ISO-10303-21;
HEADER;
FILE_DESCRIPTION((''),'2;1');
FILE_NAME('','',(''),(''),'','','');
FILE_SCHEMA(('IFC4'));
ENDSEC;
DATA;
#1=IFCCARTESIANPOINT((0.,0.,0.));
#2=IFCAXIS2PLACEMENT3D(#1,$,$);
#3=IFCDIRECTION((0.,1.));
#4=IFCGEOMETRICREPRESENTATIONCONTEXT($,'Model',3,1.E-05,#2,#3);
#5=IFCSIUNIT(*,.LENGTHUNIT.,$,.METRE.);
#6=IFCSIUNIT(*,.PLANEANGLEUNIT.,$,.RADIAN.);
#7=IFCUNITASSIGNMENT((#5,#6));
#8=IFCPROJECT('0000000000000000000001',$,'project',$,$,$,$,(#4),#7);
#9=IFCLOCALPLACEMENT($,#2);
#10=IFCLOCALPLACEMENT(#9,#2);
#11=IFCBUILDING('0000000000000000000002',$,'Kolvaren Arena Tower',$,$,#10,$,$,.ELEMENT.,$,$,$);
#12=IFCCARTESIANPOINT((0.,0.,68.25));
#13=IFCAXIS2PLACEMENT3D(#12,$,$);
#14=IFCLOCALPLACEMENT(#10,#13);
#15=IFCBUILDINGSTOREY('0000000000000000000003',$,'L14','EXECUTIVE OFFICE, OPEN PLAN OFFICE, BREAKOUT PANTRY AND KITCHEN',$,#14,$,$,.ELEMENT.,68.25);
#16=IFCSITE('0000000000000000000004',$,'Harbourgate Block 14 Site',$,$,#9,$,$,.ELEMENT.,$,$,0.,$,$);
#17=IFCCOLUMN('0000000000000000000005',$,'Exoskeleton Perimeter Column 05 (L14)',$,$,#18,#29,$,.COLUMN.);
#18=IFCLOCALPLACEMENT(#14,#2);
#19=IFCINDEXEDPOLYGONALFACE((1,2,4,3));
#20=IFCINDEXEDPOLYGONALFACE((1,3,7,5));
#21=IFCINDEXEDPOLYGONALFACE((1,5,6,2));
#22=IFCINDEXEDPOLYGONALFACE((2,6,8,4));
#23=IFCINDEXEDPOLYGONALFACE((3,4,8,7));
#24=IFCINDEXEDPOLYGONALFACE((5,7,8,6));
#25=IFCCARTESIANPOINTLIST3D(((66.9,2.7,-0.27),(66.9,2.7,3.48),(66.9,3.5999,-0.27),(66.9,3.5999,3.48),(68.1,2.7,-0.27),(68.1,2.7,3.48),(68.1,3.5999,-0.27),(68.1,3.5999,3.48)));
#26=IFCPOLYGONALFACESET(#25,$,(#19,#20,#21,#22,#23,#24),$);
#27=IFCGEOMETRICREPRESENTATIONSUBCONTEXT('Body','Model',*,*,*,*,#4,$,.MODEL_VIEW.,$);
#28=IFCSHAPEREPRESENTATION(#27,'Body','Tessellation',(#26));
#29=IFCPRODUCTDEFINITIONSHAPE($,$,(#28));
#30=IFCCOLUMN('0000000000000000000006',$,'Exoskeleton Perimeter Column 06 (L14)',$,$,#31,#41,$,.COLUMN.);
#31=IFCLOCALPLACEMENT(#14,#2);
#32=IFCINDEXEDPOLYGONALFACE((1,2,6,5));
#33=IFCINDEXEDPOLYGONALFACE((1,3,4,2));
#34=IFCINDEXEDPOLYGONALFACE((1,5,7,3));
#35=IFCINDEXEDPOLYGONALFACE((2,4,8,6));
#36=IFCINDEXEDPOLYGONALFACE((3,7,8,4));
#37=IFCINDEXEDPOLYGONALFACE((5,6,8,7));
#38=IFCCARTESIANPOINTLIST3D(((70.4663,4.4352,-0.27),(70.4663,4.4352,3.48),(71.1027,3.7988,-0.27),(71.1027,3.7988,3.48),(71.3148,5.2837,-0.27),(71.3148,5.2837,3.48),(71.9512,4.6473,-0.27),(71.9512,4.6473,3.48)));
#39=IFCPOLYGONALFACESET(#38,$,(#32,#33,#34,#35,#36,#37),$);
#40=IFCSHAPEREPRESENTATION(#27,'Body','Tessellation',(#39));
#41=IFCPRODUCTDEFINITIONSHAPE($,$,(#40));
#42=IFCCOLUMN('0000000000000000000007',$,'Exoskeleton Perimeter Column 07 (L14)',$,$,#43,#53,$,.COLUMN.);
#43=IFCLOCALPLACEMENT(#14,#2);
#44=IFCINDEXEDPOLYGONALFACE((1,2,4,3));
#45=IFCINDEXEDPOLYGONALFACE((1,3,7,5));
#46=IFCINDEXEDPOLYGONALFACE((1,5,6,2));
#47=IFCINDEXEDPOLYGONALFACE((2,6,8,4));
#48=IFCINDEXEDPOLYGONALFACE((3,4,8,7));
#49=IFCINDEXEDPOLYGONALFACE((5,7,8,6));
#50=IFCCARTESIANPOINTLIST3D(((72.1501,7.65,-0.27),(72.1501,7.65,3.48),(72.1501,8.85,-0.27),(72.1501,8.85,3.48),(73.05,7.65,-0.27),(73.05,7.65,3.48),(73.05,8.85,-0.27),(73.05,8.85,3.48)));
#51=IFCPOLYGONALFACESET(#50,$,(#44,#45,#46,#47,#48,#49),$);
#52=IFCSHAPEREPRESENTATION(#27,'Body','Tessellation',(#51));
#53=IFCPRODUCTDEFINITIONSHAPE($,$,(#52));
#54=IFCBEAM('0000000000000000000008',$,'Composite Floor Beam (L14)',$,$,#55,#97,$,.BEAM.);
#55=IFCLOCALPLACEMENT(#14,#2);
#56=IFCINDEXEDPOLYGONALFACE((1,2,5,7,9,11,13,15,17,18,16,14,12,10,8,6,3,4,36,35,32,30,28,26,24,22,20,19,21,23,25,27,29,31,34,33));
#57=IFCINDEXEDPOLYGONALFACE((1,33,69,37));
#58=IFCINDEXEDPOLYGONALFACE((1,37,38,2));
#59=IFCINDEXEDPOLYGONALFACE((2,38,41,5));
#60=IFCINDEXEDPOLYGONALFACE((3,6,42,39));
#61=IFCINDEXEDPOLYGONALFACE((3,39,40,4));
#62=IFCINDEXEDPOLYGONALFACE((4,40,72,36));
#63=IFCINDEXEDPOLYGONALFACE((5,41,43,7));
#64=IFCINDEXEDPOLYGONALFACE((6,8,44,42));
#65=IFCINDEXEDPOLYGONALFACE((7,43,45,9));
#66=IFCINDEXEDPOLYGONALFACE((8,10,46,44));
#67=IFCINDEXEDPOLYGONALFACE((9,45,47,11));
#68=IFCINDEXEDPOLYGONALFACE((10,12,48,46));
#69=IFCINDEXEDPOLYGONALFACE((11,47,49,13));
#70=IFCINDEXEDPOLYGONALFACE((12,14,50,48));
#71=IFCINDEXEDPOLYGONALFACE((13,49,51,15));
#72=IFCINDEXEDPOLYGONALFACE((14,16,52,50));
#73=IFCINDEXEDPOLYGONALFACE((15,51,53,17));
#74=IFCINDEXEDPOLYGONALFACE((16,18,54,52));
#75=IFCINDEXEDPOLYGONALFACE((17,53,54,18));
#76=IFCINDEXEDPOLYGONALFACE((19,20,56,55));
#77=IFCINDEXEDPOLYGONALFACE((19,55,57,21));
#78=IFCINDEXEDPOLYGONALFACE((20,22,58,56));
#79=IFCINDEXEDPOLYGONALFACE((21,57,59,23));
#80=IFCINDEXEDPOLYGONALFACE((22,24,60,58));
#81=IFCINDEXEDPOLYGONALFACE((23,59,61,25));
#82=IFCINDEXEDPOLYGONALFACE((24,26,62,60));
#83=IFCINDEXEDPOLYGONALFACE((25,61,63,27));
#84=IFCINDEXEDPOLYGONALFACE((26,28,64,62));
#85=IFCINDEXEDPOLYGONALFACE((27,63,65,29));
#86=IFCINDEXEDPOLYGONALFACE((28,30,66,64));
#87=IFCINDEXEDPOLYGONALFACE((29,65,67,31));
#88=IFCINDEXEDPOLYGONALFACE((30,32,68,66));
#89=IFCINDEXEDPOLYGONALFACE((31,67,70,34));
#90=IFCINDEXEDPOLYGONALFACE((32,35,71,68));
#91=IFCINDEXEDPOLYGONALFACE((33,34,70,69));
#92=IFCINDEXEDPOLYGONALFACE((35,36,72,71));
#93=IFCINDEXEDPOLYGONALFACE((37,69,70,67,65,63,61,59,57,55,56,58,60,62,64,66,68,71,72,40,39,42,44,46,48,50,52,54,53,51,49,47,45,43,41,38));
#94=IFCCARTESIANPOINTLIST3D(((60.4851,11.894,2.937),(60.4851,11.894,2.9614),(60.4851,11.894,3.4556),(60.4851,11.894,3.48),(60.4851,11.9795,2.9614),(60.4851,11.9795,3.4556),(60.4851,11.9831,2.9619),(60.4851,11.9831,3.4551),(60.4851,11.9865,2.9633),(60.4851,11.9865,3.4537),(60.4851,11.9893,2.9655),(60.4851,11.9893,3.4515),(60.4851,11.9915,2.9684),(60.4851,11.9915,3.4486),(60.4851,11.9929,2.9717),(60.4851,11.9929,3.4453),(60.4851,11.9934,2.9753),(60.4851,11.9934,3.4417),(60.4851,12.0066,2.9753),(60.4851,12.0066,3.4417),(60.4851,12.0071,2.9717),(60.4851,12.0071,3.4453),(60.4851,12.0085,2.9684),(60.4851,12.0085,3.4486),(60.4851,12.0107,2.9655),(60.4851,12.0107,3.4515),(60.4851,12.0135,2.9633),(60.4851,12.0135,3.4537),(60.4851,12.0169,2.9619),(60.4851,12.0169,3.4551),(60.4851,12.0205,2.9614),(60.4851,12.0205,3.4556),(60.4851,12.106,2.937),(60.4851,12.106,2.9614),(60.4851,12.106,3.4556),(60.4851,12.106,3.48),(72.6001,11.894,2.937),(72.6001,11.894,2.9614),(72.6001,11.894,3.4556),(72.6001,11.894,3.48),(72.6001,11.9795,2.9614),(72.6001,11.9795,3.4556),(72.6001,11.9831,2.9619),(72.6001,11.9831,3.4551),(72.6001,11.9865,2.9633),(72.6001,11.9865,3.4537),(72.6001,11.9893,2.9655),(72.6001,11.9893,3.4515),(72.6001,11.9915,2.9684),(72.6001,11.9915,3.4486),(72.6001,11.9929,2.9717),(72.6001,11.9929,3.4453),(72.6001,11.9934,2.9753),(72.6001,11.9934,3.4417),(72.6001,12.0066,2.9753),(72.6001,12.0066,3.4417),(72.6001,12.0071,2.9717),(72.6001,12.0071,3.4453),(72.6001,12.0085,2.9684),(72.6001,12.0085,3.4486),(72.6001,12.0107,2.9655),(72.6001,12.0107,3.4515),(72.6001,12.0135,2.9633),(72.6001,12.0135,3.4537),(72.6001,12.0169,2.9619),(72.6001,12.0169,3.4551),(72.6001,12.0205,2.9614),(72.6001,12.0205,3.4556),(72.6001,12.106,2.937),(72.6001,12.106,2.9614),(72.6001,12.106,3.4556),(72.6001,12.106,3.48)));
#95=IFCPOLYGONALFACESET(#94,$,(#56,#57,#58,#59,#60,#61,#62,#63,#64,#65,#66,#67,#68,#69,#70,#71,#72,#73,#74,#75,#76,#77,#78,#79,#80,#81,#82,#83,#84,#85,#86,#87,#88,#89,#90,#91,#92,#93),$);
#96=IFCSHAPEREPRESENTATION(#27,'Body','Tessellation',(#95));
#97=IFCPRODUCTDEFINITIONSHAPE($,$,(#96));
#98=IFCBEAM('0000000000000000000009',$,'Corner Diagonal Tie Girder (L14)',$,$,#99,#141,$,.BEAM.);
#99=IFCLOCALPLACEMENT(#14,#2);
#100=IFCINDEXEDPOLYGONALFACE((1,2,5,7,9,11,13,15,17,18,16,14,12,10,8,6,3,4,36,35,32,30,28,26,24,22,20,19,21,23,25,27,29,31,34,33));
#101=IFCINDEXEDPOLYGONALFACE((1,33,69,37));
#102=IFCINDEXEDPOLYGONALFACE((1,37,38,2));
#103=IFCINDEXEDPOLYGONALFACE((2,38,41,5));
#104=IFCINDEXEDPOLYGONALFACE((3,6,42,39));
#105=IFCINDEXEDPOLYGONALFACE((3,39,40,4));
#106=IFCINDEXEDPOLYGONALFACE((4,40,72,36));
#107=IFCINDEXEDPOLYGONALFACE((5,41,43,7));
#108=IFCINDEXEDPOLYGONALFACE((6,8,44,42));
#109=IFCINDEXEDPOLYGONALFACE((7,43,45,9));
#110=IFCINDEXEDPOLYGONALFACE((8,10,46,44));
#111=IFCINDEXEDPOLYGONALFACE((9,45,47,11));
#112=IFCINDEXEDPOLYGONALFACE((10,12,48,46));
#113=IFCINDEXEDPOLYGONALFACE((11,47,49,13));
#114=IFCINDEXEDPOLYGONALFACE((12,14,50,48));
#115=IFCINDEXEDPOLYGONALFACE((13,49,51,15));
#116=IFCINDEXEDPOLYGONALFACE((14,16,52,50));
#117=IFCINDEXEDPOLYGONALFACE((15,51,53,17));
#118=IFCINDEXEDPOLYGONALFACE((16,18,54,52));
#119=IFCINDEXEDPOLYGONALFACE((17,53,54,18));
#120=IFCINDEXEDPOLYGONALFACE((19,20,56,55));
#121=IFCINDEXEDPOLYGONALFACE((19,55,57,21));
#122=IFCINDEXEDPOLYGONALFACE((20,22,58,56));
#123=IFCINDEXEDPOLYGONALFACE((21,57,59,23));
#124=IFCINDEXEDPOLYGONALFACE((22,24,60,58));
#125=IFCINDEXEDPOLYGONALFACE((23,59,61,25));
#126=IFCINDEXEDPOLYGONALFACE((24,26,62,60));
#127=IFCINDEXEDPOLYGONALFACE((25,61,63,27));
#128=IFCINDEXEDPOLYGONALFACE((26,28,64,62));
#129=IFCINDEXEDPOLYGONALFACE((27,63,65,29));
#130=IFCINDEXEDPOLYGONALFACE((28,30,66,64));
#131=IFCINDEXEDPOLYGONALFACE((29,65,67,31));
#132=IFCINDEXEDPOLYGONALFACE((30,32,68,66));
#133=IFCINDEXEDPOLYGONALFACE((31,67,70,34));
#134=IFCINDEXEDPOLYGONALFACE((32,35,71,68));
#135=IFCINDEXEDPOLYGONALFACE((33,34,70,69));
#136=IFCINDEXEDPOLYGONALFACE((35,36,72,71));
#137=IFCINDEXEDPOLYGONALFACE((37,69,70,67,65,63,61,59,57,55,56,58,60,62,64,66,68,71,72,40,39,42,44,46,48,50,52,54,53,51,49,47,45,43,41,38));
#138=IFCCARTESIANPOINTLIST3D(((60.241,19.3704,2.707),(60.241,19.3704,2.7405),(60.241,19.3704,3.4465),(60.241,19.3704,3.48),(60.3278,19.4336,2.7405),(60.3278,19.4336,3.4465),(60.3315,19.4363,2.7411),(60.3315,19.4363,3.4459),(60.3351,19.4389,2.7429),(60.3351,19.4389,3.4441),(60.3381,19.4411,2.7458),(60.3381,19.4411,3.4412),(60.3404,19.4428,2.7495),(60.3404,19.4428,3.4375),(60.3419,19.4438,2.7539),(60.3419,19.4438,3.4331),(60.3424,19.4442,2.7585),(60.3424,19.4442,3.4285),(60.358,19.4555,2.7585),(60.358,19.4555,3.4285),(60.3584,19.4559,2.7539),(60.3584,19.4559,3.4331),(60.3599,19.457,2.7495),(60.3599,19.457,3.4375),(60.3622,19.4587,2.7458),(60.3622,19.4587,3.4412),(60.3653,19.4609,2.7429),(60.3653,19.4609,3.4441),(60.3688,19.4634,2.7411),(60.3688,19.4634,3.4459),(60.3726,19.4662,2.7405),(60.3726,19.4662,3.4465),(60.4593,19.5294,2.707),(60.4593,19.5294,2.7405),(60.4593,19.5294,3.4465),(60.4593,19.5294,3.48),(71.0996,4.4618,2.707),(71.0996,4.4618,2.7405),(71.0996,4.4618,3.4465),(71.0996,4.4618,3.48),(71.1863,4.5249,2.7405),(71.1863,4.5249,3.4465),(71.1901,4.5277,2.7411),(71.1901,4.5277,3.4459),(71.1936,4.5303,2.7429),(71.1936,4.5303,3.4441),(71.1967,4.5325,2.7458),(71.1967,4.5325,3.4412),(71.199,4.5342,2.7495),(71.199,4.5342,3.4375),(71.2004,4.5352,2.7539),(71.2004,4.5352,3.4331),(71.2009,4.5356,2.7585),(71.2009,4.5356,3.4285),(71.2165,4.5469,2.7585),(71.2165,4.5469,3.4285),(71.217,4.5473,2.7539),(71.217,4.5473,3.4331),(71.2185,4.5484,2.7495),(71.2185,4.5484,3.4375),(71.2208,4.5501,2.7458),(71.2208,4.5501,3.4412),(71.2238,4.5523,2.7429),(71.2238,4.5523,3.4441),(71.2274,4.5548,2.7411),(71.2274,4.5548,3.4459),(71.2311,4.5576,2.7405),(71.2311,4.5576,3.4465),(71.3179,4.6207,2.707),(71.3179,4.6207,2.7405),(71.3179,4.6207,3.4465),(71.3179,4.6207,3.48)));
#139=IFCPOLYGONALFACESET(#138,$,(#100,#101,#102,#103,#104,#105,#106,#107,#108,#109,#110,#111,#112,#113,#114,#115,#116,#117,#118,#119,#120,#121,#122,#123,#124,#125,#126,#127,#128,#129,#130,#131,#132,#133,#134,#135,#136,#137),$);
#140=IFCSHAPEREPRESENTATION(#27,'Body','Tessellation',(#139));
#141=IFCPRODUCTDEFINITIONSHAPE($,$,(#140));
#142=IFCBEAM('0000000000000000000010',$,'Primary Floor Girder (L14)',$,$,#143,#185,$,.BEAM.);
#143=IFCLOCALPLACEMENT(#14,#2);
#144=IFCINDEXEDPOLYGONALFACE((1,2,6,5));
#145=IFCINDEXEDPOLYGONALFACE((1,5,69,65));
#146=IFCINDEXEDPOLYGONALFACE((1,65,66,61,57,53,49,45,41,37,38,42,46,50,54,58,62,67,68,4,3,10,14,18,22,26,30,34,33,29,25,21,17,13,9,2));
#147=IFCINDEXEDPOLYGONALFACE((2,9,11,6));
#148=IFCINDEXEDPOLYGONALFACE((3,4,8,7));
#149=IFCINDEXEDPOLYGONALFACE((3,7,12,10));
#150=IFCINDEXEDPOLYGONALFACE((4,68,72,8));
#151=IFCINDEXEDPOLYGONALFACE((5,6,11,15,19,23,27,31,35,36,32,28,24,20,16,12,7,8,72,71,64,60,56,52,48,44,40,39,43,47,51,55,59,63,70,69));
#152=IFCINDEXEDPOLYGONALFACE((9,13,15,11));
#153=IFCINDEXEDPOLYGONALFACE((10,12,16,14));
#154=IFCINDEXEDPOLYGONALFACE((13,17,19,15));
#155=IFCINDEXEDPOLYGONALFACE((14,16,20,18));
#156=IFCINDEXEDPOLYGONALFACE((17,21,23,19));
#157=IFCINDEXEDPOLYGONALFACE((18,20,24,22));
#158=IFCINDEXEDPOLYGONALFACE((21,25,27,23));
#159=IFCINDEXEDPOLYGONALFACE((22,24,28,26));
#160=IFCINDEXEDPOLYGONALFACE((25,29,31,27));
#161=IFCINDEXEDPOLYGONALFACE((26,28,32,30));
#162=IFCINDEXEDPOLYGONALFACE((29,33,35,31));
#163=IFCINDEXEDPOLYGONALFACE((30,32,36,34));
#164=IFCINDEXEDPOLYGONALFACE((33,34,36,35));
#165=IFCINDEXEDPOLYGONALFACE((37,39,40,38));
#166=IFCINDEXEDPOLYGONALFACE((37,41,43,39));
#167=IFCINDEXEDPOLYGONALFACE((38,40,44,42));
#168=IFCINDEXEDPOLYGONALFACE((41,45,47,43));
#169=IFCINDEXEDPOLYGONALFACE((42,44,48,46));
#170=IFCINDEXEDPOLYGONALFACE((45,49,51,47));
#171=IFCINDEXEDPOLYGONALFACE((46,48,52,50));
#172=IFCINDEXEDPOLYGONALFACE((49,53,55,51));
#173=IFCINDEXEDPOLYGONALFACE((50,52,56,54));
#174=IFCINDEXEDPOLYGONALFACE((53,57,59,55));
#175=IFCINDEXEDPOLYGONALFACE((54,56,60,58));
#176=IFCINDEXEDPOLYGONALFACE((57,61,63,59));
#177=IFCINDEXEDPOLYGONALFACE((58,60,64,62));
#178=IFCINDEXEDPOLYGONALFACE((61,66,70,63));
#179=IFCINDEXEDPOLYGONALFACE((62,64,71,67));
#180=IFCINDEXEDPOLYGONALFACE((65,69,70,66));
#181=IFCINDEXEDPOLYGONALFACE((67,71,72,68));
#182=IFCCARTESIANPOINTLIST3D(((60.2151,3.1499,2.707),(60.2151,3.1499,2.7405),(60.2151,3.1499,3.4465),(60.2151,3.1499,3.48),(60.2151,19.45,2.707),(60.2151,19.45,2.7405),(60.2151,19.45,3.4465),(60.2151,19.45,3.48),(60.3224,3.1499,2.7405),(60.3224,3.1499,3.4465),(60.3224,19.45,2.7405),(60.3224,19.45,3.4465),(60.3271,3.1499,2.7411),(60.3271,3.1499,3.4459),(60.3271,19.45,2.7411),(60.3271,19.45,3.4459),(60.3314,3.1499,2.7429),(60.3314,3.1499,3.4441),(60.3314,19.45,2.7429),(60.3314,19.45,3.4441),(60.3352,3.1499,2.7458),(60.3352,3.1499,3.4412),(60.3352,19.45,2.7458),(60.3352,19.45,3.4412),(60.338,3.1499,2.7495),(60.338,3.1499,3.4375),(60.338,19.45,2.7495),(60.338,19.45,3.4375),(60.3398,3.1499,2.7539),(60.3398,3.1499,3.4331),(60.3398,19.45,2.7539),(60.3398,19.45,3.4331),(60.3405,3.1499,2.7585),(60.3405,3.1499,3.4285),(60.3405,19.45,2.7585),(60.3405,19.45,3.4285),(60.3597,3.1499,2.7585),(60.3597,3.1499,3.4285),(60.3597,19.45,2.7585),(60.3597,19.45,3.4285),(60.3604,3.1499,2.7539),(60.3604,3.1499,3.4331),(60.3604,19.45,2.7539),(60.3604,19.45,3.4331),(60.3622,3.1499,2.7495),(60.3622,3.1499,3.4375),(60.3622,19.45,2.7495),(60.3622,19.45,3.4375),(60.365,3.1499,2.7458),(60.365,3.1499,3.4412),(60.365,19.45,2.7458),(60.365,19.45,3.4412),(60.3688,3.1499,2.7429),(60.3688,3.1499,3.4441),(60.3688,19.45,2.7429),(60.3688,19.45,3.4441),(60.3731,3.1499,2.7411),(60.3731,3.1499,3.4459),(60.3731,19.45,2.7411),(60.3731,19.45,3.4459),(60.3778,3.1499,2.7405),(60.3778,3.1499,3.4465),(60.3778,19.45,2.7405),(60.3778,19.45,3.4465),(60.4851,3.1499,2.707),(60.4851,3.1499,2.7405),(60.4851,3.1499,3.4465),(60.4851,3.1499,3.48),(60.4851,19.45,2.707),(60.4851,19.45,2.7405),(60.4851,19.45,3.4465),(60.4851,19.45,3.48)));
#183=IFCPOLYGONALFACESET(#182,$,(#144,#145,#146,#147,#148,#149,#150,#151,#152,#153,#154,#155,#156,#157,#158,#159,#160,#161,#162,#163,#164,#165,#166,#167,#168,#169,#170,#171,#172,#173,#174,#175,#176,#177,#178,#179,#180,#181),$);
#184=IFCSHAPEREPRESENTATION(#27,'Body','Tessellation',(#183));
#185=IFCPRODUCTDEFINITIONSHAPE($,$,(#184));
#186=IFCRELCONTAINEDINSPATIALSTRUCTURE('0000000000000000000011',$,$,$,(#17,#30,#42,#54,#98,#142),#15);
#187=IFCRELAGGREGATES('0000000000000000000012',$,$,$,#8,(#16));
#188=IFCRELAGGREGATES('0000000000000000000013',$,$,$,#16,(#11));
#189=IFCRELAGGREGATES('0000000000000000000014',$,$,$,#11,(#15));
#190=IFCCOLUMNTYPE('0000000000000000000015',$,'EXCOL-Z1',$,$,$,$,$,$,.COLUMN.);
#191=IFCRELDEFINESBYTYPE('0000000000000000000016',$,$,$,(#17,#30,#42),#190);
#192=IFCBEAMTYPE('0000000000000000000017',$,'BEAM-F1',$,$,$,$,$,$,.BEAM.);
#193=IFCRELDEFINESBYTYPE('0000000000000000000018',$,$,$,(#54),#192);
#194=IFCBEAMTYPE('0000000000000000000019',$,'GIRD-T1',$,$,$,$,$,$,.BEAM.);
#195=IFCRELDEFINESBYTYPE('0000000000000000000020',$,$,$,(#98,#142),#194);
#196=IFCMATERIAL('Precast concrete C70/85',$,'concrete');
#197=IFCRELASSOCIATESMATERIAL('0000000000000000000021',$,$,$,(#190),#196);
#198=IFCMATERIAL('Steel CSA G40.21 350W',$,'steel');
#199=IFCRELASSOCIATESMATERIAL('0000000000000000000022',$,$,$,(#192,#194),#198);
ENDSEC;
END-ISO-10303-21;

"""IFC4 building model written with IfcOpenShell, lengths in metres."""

from ifc_helpers import new_model, si_unit, direction, frame, origin, origin_2d, place, context, subcontext, project, spatial, rectangle, i_section, extrude, material, material_profile, profile_set, type_object, element, save


model = new_model("IFC4")

# Units and contexts
model_context = context("Model", 3, precision=1e-05, world=origin(), true_north=direction((0.0, 1.0)))
body_context = subcontext(model_context, "Body", "Model", "MODEL_VIEW")
ifc_project = project(units=[si_unit("LENGTHUNIT", "METRE"), si_unit("PLANEANGLEUNIT", "RADIAN")], contexts=[model_context])

# Site, building, storey
site_placement = place(None, origin())
site = spatial("IfcSite", under=ifc_project, at=site_placement, Name="Harbourgate Block 14 Site", CompositionType="ELEMENT", RefElevation=0.0)
building_placement = place(site_placement, origin())
building = spatial("IfcBuilding", under=site, at=building_placement, Name="Kolvaren Arena Tower", CompositionType="ELEMENT")
storey_placement = place(building_placement, frame((0.0, 0.0, 68.25)))
storey = spatial("IfcBuildingStorey", under=building, at=storey_placement, Name="L14", Description="EXECUTIVE OFFICE, OPEN PLAN OFFICE, BREAKOUT PANTRY AND KITCHEN", CompositionType="ELEMENT", Elevation=68.25)

# Columns
ifc_material_1 = material(Name="Precast concrete C70/85", Category="concrete")
ifc_material_profile_1 = material_profile(ifc_material_1, rectangle(XDim=1.2, YDim=0.8999, at=origin_2d()), Name="RC-1200x900")
ifc_profile_set_1 = profile_set([ifc_material_profile_1], Name="Precast concrete C70/85")
column_type = type_object("IfcColumnType", Name="EXCOL-Z1", PredefinedType="COLUMN", material=ifc_profile_set_1)
for number, where, z_axis, x_axis, name in (
    (1, (67.5, 3.1499, -0.27), (0.0, 0.0, 1.0), (1.0, 0.0, 0.0), "Exoskeleton Perimeter Column 05 (L14)"),
    (2, (71.2087, 4.5413, -0.27), (0.0, 0.0, 1.0), (0.707107, 0.707107, 0.0), "Exoskeleton Perimeter Column 06 (L14)"),
    (3, (72.6001, 8.25, -0.27), (0.0, 0.0, 1.0), (0.0, 1.0, 0.0), "Exoskeleton Perimeter Column 07 (L14)"),
):
    element("IfcColumn", number, at=place(storey_placement, frame(where, z_axis=z_axis, x_axis=x_axis)), inside=storey, type_object=column_type, Name=name, PredefinedType="COLUMN", context=body_context, shape_type="SweptSolid", body=[
        extrude(rectangle(XDim=1.2, YDim=0.8999, at=origin_2d()), origin(), (0.0, 0.0, 1.0), 3.75),
    ])

# Beams
ifc_material_2 = material(Name="Steel CSA G40.21 350W", Category="steel")
ifc_material_profile_2 = material_profile(ifc_material_2, i_section(OverallWidth=0.2119, OverallDepth=0.543, WebThickness=0.0132, FlangeThickness=0.0244, FilletRadius=0.0139, at=origin_2d()), Name="W530x150")
ifc_profile_set_2 = profile_set([ifc_material_profile_2], Name="Steel CSA G40.21 350W")
beam_type_1 = type_object("IfcBeamType", Name="BEAM-F1", PredefinedType="BEAM", material=ifc_profile_set_2)
beam_1_placement = place(storey_placement, frame((60.4851, 12.0, 3.2085), z_axis=(1.0, 0.0, 0.0), x_axis=(0.0, 1.0, 0.0)))
element("IfcBeam", 4, at=beam_1_placement, inside=storey, type_object=beam_type_1, Name="Composite Floor Beam (L14)", PredefinedType="BEAM", context=body_context, shape_type="SweptSolid", body=[
    extrude(i_section(OverallWidth=0.2119, OverallDepth=0.543, WebThickness=0.0132, FlangeThickness=0.0244, FilletRadius=0.0139, at=origin_2d()), origin(), (0.0, 0.0, 1.0), 12.115),
])
ifc_material_profile_3 = material_profile(ifc_material_2, i_section(OverallWidth=0.27, OverallDepth=0.7729, WebThickness=0.0193, FlangeThickness=0.0334, FilletRadius=0.0181, at=origin_2d()), Name="W760x257")
ifc_profile_set_3 = profile_set([ifc_material_profile_3], Name="Steel CSA G40.21 350W")
beam_type_2 = type_object("IfcBeamType", Name="GIRD-T1", PredefinedType="BEAM", material=ifc_profile_set_3)
beam_2_placement = place(storey_placement, frame((71.2087, 4.5413, 3.0935), z_axis=(-0.588737, 0.808324, 0.0), x_axis=(-0.808324, -0.588737, 0.0)))
element("IfcBeam", 5, at=beam_2_placement, inside=storey, type_object=beam_type_2, Name="Corner Diagonal Tie Girder (L14)", PredefinedType="BEAM", context=body_context, shape_type="SweptSolid", body=[
    extrude(i_section(OverallWidth=0.27, OverallDepth=0.7729, WebThickness=0.0193, FlangeThickness=0.0334, FilletRadius=0.0181, at=origin_2d()), origin(), (0.0, 0.0, 1.0), 18.4438),
])
beam_3_placement = place(storey_placement, frame((60.3501, 3.1499, 3.0935), z_axis=(0.0, 1.0, 0.0), x_axis=(-1.0, 0.0, 0.0)))
element("IfcBeam", 6, at=beam_3_placement, inside=storey, type_object=beam_type_2, Name="Primary Floor Girder (L14)", PredefinedType="BEAM", context=body_context, shape_type="SweptSolid", body=[
    extrude(i_section(OverallWidth=0.27, OverallDepth=0.7729, WebThickness=0.0193, FlangeThickness=0.0334, FilletRadius=0.0181, at=origin_2d()), origin(), (0.0, 0.0, 1.0), 16.3),
])

save(model, "model.ifc")
